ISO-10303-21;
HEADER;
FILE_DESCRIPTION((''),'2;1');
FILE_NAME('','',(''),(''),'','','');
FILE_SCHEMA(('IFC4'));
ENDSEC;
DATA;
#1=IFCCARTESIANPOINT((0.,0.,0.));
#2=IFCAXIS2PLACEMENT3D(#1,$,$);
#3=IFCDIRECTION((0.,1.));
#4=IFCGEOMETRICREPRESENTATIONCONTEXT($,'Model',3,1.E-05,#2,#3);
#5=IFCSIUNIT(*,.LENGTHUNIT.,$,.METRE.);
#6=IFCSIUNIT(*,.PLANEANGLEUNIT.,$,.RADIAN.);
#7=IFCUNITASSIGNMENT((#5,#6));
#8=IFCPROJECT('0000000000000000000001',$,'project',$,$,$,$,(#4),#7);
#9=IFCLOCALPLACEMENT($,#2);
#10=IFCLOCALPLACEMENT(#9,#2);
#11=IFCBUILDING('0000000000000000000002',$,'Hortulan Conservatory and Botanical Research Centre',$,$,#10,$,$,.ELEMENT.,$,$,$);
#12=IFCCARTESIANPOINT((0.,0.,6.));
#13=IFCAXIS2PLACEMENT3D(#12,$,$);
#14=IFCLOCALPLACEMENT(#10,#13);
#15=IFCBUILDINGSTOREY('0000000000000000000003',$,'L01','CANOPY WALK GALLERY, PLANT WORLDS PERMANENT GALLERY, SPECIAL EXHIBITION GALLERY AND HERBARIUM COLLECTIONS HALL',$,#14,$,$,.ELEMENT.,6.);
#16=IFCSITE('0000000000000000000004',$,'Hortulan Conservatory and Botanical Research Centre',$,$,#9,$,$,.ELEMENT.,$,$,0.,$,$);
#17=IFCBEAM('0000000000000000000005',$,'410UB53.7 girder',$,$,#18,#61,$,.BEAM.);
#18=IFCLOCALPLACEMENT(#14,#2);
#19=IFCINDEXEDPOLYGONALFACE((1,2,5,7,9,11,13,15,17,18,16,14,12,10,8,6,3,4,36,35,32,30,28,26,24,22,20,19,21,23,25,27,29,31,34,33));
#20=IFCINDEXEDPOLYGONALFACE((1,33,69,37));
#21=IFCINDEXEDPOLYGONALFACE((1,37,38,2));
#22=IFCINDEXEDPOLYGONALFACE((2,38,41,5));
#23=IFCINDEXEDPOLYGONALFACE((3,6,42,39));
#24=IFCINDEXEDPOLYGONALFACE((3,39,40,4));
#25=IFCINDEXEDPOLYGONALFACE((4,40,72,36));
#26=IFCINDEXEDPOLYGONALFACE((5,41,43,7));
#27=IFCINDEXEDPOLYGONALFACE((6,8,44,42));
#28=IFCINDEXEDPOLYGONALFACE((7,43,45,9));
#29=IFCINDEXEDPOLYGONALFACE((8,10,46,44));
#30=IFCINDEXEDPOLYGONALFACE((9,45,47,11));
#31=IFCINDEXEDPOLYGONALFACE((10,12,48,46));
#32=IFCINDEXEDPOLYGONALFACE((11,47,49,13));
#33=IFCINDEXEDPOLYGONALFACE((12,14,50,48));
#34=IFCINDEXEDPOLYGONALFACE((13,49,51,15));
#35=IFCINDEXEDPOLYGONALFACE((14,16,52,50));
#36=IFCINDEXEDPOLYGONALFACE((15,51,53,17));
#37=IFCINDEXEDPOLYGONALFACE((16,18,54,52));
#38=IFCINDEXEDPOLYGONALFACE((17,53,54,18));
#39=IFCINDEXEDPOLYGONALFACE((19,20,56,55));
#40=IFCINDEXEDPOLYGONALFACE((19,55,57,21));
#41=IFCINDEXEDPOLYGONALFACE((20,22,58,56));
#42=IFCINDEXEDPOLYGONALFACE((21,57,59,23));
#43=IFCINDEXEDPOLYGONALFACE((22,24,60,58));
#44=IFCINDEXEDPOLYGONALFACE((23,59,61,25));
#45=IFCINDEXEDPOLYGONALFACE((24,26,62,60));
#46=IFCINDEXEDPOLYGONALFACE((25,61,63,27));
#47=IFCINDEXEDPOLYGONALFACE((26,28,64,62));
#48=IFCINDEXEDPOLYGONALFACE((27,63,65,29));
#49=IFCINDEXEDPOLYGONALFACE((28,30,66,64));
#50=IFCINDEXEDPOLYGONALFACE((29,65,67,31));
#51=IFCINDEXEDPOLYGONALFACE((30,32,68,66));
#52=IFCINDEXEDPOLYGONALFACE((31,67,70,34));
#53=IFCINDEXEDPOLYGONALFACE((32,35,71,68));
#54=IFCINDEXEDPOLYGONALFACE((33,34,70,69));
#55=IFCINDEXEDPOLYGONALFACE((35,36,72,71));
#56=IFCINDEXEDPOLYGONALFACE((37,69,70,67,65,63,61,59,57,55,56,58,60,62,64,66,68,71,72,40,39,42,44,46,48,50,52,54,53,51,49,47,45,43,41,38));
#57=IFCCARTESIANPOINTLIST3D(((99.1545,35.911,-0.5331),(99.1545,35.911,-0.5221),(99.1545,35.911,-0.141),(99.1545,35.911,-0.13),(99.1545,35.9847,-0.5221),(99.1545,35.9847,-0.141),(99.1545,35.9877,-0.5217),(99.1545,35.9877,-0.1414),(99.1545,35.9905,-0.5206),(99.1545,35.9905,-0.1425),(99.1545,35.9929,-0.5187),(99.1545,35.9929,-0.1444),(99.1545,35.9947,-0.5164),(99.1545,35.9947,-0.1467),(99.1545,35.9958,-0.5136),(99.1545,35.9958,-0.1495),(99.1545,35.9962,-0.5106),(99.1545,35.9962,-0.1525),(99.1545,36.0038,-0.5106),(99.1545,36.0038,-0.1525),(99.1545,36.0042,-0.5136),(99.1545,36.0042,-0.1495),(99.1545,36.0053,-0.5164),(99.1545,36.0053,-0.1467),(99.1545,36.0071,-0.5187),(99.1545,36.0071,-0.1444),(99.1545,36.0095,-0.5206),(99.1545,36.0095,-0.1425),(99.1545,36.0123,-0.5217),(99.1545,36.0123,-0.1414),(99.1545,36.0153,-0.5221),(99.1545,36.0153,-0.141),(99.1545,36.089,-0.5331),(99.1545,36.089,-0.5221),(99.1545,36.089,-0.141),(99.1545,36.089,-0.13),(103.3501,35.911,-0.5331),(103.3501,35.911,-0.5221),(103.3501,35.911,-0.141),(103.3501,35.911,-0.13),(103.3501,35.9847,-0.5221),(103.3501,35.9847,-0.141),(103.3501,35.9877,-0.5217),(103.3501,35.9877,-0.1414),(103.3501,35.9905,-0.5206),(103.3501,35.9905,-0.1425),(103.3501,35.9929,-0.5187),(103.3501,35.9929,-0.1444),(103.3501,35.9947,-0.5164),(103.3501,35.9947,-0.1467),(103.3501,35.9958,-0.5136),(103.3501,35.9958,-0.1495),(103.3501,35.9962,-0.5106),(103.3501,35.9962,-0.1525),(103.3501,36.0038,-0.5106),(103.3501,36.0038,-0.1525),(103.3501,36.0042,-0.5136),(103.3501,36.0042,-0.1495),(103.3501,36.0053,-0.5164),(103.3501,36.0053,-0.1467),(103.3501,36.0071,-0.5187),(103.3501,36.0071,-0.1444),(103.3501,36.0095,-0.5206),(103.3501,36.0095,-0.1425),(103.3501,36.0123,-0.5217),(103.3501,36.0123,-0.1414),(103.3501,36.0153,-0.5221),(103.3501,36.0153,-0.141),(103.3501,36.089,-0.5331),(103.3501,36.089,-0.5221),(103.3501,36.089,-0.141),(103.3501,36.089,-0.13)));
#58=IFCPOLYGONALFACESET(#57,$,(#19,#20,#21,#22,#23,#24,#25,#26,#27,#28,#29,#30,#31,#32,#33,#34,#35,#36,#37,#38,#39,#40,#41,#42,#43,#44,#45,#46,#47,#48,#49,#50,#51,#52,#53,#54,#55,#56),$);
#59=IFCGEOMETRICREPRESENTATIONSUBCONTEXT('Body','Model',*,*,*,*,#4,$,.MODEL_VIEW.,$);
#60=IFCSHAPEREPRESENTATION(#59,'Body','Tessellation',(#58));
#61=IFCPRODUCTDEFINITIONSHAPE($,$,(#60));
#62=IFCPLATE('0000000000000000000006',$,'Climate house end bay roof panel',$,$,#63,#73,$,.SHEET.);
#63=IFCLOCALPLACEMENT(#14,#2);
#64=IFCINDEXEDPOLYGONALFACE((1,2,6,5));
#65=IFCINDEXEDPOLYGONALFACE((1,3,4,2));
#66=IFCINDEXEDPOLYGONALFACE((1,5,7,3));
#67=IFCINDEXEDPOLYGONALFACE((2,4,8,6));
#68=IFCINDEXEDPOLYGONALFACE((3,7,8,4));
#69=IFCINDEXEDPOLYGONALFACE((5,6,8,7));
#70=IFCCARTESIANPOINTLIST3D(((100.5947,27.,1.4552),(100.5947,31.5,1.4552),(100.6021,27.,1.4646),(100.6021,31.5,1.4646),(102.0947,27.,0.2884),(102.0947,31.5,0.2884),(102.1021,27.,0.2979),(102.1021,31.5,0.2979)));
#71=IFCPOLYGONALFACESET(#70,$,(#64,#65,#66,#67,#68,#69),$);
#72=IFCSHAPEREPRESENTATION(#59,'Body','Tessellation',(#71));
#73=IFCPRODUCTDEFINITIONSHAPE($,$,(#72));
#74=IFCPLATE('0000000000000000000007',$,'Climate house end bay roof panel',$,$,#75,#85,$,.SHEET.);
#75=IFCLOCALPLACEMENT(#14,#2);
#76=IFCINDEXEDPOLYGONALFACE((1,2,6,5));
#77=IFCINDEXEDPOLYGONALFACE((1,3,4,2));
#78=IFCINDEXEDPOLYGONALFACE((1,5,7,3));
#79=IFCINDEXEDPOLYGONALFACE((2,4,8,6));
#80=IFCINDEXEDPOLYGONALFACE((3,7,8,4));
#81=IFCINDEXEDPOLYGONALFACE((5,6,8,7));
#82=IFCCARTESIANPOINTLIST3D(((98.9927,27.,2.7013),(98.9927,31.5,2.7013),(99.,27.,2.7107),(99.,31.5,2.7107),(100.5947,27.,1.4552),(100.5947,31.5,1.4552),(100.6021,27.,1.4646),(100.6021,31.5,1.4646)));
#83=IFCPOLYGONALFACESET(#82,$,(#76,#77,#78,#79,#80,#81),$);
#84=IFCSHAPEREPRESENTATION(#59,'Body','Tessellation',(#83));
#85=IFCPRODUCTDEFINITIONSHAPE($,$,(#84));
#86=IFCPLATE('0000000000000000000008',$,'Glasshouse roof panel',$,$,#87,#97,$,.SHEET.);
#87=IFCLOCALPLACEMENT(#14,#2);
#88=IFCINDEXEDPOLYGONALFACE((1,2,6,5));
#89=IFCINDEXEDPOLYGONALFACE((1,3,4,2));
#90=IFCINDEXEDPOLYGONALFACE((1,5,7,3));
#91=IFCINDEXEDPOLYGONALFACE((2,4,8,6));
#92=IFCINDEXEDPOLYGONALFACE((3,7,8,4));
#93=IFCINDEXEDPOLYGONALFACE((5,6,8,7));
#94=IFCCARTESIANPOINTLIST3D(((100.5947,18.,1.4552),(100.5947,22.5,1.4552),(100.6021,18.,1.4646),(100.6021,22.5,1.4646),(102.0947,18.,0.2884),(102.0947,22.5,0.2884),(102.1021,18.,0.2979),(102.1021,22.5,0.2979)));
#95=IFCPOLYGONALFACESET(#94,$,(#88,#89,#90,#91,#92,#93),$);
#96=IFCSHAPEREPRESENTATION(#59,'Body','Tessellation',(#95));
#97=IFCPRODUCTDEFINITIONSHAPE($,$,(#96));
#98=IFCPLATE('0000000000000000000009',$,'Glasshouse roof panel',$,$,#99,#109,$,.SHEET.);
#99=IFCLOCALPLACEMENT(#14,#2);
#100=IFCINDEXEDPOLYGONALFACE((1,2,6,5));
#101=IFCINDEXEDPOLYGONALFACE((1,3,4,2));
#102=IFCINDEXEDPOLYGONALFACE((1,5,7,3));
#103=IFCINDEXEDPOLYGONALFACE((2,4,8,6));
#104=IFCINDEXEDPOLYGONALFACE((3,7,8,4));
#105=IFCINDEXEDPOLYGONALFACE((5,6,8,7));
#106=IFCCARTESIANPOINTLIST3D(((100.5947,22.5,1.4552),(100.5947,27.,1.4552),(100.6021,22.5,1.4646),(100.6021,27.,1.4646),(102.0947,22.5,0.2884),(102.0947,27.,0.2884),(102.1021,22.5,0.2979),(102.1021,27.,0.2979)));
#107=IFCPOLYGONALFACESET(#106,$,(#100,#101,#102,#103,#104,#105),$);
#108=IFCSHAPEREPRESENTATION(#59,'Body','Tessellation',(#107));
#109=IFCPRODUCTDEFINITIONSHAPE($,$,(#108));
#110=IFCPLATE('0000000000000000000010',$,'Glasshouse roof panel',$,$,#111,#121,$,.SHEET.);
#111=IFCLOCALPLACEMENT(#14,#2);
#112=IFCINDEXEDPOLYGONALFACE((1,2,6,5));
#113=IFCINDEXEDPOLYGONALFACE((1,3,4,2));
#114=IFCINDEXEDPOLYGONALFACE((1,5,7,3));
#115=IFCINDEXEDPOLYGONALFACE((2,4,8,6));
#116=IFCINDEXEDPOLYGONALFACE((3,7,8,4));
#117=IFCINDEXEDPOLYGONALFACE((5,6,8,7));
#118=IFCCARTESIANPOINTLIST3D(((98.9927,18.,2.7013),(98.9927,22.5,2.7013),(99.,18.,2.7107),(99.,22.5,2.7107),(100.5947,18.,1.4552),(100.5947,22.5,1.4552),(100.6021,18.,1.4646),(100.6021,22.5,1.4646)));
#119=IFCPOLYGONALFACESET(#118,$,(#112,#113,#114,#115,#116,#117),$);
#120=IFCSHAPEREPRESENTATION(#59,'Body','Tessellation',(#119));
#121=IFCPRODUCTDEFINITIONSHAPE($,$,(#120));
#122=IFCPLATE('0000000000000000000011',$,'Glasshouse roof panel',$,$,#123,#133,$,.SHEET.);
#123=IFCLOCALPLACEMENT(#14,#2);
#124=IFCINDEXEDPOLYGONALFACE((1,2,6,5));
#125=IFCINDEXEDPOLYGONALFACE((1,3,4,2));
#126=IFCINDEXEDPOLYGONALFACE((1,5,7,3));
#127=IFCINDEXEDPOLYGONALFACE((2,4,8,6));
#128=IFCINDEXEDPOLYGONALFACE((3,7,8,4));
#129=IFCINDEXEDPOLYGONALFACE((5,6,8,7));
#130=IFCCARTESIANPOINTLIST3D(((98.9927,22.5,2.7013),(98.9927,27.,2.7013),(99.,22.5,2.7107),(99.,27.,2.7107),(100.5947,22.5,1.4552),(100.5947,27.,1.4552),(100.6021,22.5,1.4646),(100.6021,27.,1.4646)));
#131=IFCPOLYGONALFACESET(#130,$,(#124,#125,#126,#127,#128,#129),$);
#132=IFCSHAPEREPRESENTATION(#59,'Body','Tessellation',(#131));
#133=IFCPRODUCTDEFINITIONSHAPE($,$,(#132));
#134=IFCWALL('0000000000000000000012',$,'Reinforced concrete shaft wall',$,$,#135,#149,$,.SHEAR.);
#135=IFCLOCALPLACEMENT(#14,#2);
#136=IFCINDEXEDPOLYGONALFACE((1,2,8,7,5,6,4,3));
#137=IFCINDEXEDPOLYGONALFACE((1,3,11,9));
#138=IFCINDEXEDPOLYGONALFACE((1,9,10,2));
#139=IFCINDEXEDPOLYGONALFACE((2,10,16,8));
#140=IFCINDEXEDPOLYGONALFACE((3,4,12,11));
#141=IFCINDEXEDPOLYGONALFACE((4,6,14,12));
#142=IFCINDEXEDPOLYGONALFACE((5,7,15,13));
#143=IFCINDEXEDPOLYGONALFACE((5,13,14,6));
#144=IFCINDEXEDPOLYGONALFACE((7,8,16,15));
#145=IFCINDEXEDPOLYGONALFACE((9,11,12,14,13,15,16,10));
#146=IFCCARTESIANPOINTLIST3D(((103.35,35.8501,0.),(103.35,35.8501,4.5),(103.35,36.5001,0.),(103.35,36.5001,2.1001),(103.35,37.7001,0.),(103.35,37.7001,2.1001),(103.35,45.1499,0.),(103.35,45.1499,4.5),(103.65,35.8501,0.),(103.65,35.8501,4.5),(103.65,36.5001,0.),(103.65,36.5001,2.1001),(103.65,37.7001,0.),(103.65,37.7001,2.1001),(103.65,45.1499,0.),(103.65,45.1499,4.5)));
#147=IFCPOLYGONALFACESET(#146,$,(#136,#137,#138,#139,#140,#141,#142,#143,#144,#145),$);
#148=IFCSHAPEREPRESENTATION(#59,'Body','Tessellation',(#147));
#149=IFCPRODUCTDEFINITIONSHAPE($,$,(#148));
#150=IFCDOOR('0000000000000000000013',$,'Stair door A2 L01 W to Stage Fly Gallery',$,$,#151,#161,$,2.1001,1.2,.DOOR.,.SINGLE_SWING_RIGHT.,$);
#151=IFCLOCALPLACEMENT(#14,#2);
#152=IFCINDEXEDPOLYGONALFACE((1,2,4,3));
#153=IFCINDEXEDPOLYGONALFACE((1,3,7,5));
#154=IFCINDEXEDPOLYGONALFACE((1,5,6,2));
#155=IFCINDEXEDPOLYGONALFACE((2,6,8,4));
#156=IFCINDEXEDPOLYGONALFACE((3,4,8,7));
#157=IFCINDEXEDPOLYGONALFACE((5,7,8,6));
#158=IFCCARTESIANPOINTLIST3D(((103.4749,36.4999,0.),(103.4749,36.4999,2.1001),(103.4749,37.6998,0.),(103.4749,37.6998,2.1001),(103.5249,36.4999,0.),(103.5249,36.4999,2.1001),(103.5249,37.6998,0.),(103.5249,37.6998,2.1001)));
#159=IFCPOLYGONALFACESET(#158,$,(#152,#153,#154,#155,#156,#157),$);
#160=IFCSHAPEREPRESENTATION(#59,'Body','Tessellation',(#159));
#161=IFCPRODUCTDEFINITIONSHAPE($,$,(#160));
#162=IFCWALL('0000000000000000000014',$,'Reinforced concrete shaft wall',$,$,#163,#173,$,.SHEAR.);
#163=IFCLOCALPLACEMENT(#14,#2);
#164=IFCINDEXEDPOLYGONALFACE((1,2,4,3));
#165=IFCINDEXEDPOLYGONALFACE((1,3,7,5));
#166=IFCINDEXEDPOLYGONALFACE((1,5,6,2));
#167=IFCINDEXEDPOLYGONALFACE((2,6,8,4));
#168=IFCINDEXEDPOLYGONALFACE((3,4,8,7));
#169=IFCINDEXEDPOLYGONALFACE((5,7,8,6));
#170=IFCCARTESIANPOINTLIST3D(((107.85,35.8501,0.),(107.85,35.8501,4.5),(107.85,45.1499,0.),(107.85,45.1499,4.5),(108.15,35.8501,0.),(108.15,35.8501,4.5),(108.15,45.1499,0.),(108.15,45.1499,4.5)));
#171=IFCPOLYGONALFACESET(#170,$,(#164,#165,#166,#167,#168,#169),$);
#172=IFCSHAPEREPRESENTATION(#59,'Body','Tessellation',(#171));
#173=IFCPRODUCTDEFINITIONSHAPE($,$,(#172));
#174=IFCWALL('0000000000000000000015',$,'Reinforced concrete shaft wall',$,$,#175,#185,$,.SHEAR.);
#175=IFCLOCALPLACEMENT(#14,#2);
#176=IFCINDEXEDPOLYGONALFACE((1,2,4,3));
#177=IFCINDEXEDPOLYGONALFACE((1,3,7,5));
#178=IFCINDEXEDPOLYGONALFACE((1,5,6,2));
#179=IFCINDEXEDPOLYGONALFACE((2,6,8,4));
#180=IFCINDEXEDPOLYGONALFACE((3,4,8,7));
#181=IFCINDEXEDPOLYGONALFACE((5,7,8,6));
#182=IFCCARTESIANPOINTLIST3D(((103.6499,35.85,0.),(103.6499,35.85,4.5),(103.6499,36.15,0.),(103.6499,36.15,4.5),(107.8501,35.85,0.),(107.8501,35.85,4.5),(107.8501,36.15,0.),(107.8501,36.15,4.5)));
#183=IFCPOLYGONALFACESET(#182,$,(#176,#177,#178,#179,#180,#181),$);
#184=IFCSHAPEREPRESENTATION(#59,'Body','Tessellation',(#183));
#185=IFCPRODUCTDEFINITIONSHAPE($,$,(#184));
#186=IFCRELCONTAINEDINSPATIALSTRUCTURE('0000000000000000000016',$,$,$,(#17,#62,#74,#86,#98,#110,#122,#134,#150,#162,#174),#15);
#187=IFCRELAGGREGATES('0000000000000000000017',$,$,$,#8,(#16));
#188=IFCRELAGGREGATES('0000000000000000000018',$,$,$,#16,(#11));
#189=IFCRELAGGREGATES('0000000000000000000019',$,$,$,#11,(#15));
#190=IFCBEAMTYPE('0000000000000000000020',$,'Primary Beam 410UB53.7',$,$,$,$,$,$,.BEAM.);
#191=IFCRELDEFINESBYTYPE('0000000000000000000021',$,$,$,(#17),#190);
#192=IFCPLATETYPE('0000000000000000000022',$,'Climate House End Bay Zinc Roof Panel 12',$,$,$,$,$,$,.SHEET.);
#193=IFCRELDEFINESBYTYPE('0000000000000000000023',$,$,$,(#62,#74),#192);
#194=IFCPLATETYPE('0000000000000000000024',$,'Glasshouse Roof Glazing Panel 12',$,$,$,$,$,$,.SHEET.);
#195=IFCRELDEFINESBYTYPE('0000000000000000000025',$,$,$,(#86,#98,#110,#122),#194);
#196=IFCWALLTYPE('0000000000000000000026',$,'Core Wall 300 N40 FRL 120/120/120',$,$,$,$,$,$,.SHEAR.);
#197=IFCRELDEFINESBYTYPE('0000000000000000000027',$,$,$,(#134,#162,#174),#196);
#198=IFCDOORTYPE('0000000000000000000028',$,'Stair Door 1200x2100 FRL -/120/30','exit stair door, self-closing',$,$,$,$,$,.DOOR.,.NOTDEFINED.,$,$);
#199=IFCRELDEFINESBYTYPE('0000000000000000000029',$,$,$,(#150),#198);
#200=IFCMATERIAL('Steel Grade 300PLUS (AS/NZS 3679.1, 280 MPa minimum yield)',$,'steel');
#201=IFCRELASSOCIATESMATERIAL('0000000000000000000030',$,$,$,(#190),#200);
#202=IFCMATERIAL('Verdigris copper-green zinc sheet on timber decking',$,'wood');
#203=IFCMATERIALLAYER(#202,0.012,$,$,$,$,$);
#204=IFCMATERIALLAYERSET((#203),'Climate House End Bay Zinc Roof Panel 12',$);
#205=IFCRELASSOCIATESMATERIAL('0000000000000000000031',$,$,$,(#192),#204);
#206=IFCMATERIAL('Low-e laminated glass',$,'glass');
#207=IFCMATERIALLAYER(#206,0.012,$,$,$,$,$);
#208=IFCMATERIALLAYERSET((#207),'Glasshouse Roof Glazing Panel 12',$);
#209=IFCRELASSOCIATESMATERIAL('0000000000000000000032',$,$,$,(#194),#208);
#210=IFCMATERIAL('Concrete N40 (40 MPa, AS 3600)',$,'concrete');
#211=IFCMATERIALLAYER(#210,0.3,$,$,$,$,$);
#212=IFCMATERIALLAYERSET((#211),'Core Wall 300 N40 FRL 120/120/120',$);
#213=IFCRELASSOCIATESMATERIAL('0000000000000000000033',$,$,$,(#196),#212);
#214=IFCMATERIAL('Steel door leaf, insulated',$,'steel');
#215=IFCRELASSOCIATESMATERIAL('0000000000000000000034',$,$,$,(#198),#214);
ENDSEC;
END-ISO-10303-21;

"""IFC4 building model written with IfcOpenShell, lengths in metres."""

from ifc_helpers import new_model, si_unit, direction, frame, frame_2d, origin, origin_2d, place, context, subcontext, project, spatial, polyline, rectangle, i_section, outline, extrude, material, layer, layer_set, material_profile, profile_set, type_object, element, fill, save


model = new_model("IFC4")

# Units and contexts
model_context = context("Model", 3, precision=1e-05, world=origin(), true_north=direction((0.0, 1.0)))
body_context = subcontext(model_context, "Body", "Model", "MODEL_VIEW")
ifc_project = project(units=[si_unit("LENGTHUNIT", "METRE"), si_unit("PLANEANGLEUNIT", "RADIAN")], contexts=[model_context])

# Site, building, storey
site_placement = place(None, origin())
site = spatial("IfcSite", under=ifc_project, at=site_placement, Name="Hortulan Conservatory and Botanical Research Centre", CompositionType="ELEMENT", RefElevation=0.0)
building_placement = place(site_placement, origin())
building = spatial("IfcBuilding", under=site, at=building_placement, Name="Hortulan Conservatory and Botanical Research Centre", CompositionType="ELEMENT")
storey_placement = place(building_placement, frame((0.0, 0.0, 6.0)))
storey = spatial("IfcBuildingStorey", under=building, at=storey_placement, Name="L01", Description="CANOPY WALK GALLERY, PLANT WORLDS PERMANENT GALLERY, SPECIAL EXHIBITION GALLERY AND HERBARIUM COLLECTIONS HALL", CompositionType="ELEMENT", Elevation=6.0)

# Shared definitions
ifc_material_1 = material(Name="Steel Grade 300PLUS (AS/NZS 3679.1, 280 MPa minimum yield)", Category="steel")

# Beam
ifc_material_profile_1 = material_profile(ifc_material_1, i_section(OverallWidth=0.178, OverallDepth=0.4031, WebThickness=0.0076, FlangeThickness=0.011, FilletRadius=0.0115, at=origin_2d()), Name="410UB53.7")
ifc_profile_set_1 = profile_set([ifc_material_profile_1], Name="Steel Grade 300PLUS (AS/NZS 3679.1, 280 MPa minimum yield)")
beam_type_1 = type_object("IfcBeamType", Name="Primary Beam 410UB53.7", PredefinedType="BEAM", material=ifc_profile_set_1)
beam_placement = place(storey_placement, frame((99.1545, 36.0, -0.3315), z_axis=(1.0, 0.0, 0.0), x_axis=(0.0, 1.0, 0.0)))
element("IfcBeam", 1, at=beam_placement, inside=storey, type_object=beam_type_1, Name="410UB53.7 girder", PredefinedType="BEAM", context=body_context, shape_type="SweptSolid", body=[
    extrude(i_section(OverallWidth=0.178, OverallDepth=0.4031, WebThickness=0.0076, FlangeThickness=0.011, FilletRadius=0.0115, at=origin_2d()), origin(), (0.0, 0.0, 1.0), 4.1956),
])

# Plates
ifc_material_2 = material(Name="Verdigris copper-green zinc sheet on timber decking", Category="wood")
ifc_layer_1 = layer(ifc_material_2, 0.012)
ifc_layer_set_1 = layer_set([ifc_layer_1], Name="Climate House End Bay Zinc Roof Panel 12")
plate_type_1 = type_object("IfcPlateType", Name="Climate House End Bay Zinc Roof Panel 12", PredefinedType="SHEET", material=ifc_layer_set_1)
plate_1_placement = place(storey_placement, frame((102.1021, 31.5, 0.2979), z_axis=(0.613967, 0.0, 0.789331), x_axis=(-0.789331, 0.0, 0.613967)))
element("IfcPlate", 2, at=plate_1_placement, inside=storey, type_object=plate_type_1, Name="Climate house end bay roof panel", PredefinedType="SHEET", context=body_context, shape_type="SweptSolid", body=[
    extrude(outline(polyline([(0.0, 0.0), (1.9003, 0.0), (1.9003, 4.5), (0.0, 4.5), (0.0, 0.0)])), origin(), (0.0, 0.0, -1.0), 0.012),
])
plate_2_placement = place(storey_placement, frame((100.6021, 31.5, 1.4646), z_axis=(0.613957, 0.0, 0.789339), x_axis=(-0.789339, 0.0, 0.613957)))
element("IfcPlate", 3, at=plate_2_placement, inside=storey, type_object=plate_type_1, Name="Climate house end bay roof panel", PredefinedType="SHEET", context=body_context, shape_type="SweptSolid", body=[
    extrude(outline(polyline([(0.0, 0.0), (2.0296, 0.0), (2.0296, 4.5), (0.0, 4.5), (0.0, 0.0)])), origin(), (0.0, 0.0, -1.0), 0.012),
])
ifc_material_3 = material(Name="Low-e laminated glass", Category="glass")
ifc_layer_2 = layer(ifc_material_3, 0.012)
ifc_layer_set_2 = layer_set([ifc_layer_2], Name="Glasshouse Roof Glazing Panel 12")
plate_type_2 = type_object("IfcPlateType", Name="Glasshouse Roof Glazing Panel 12", PredefinedType="SHEET", material=ifc_layer_set_2)
for number, where, z_axis, x_axis, name in (
    (4, (102.1021, 22.5, 0.2979), (0.613967, 0.0, 0.789331), (-0.789331, 0.0, 0.613967), "Glasshouse roof panel"),
    (5, (102.1021, 27.0, 0.2979), (0.613967, 0.0, 0.789331), (-0.789331, 0.0, 0.613967), "Glasshouse roof panel"),
):
    element("IfcPlate", number, at=place(storey_placement, frame(where, z_axis=z_axis, x_axis=x_axis)), inside=storey, type_object=plate_type_2, Name=name, PredefinedType="SHEET", context=body_context, shape_type="SweptSolid", body=[
        extrude(outline(polyline([(0.0, 0.0), (1.9003, 0.0), (1.9003, 4.5), (0.0, 4.5), (0.0, 0.0)])), origin(), (0.0, 0.0, -1.0), 0.012),
    ])
for number, where, z_axis, x_axis, name in (
    (6, (100.6021, 22.5, 1.4646), (0.613957, 0.0, 0.789339), (-0.789339, 0.0, 0.613957), "Glasshouse roof panel"),
    (7, (100.6021, 27.0, 1.4646), (0.613957, 0.0, 0.789339), (-0.789339, 0.0, 0.613957), "Glasshouse roof panel"),
):
    element("IfcPlate", number, at=place(storey_placement, frame(where, z_axis=z_axis, x_axis=x_axis)), inside=storey, type_object=plate_type_2, Name=name, PredefinedType="SHEET", context=body_context, shape_type="SweptSolid", body=[
        extrude(outline(polyline([(0.0, 0.0), (2.0296, 0.0), (2.0296, 4.5), (0.0, 4.5), (0.0, 0.0)])), origin(), (0.0, 0.0, -1.0), 0.012),
    ])

# Wall, opening, door
ifc_material_4 = material(Name="Concrete N40 (40 MPa, AS 3600)", Category="concrete")
ifc_layer_3 = layer(ifc_material_4, 0.3)
ifc_layer_set_3 = layer_set([ifc_layer_3], Name="Core Wall 300 N40 FRL 120/120/120")
wall_type_1 = type_object("IfcWallType", Name="Core Wall 300 N40 FRL 120/120/120", PredefinedType="SHEAR", material=ifc_layer_set_3)
wall_1_placement = place(storey_placement, frame((103.5, 35.8501, 0.0), z_axis=(0.0, 0.0, 1.0), x_axis=(0.0, 1.0, 0.0)))
wall_1 = element("IfcWall", 8, at=wall_1_placement, inside=storey, type_object=wall_type_1, Name="Reinforced concrete shaft wall", PredefinedType="SHEAR", context=body_context, shape_type="SweptSolid", body=[
    extrude(rectangle(XDim=9.2998, YDim=0.3, at=frame_2d((4.6499, 0.0))), origin(), (0.0, 0.0, 1.0), 4.5),
])
opening_placement = place(wall_1_placement, frame((0.6499, 0.0, 0.0)))
opening = element("IfcOpeningElement", 9, at=opening_placement, cuts=wall_1, PredefinedType="OPENING", context=body_context, shape_type="SweptSolid", body=[
    extrude(rectangle(XDim=1.2, YDim=2.1001, at=frame_2d((0.6001, 1.05))), frame((0.0, 0.1599, 0.0), z_axis=(0.0, -1.0, 0.0), x_axis=(1.0, 0.0, 0.0)), (0.0, 0.0, 1.0), 0.3201),
])
ifc_material_5 = material(Name="Steel door leaf, insulated", Category="steel")
door_type = type_object("IfcDoorType", Name="Stair Door 1200x2100 FRL -/120/30", Description="exit stair door, self-closing", OperationType="NOTDEFINED", PredefinedType="DOOR", material=ifc_material_5)
door_placement = place(opening_placement, frame((1.2, 0.0, 0.0), z_axis=(0.0, 0.0, 1.0), x_axis=(-1.0, 0.0, 0.0)))
door = element("IfcDoor", 10, at=door_placement, inside=storey, type_object=door_type, Name="Stair door A2 L01 W to Stage Fly Gallery", OperationType="SINGLE_SWING_RIGHT", OverallHeight=2.1001, OverallWidth=1.2, PredefinedType="DOOR", context=body_context, shape_type="SweptSolid", body=[
    extrude(rectangle(XDim=1.2, YDim=2.1001, at=frame_2d((0.6001, 1.05))), frame((0.0, 0.0249, 0.0), z_axis=(0.0, -1.0, 0.0), x_axis=(1.0, 0.0, 0.0)), (0.0, 0.0, 1.0), 0.05),
])
fill(opening, door)

# Walls
wall_2_placement = place(storey_placement, frame((108.0, 35.8501, 0.0), z_axis=(0.0, 0.0, 1.0), x_axis=(0.0, 1.0, 0.0)))
element("IfcWall", 11, at=wall_2_placement, inside=storey, type_object=wall_type_1, Name="Reinforced concrete shaft wall", PredefinedType="SHEAR", context=body_context, shape_type="SweptSolid", body=[
    extrude(rectangle(XDim=9.2998, YDim=0.3, at=frame_2d((4.6499, 0.0))), origin(), (0.0, 0.0, 1.0), 4.5),
])
wall_3_placement = place(storey_placement, frame((103.6499, 36.0, 0.0), z_axis=(0.0, 0.0, 1.0), x_axis=(1.0, 0.0, 0.0)))
element("IfcWall", 12, at=wall_3_placement, inside=storey, type_object=wall_type_1, Name="Reinforced concrete shaft wall", PredefinedType="SHEAR", context=body_context, shape_type="SweptSolid", body=[
    extrude(rectangle(XDim=4.2002, YDim=0.3, at=frame_2d((2.1001, 0.0))), origin(), (0.0, 0.0, 1.0), 4.5),
])

save(model, "model.ifc")
